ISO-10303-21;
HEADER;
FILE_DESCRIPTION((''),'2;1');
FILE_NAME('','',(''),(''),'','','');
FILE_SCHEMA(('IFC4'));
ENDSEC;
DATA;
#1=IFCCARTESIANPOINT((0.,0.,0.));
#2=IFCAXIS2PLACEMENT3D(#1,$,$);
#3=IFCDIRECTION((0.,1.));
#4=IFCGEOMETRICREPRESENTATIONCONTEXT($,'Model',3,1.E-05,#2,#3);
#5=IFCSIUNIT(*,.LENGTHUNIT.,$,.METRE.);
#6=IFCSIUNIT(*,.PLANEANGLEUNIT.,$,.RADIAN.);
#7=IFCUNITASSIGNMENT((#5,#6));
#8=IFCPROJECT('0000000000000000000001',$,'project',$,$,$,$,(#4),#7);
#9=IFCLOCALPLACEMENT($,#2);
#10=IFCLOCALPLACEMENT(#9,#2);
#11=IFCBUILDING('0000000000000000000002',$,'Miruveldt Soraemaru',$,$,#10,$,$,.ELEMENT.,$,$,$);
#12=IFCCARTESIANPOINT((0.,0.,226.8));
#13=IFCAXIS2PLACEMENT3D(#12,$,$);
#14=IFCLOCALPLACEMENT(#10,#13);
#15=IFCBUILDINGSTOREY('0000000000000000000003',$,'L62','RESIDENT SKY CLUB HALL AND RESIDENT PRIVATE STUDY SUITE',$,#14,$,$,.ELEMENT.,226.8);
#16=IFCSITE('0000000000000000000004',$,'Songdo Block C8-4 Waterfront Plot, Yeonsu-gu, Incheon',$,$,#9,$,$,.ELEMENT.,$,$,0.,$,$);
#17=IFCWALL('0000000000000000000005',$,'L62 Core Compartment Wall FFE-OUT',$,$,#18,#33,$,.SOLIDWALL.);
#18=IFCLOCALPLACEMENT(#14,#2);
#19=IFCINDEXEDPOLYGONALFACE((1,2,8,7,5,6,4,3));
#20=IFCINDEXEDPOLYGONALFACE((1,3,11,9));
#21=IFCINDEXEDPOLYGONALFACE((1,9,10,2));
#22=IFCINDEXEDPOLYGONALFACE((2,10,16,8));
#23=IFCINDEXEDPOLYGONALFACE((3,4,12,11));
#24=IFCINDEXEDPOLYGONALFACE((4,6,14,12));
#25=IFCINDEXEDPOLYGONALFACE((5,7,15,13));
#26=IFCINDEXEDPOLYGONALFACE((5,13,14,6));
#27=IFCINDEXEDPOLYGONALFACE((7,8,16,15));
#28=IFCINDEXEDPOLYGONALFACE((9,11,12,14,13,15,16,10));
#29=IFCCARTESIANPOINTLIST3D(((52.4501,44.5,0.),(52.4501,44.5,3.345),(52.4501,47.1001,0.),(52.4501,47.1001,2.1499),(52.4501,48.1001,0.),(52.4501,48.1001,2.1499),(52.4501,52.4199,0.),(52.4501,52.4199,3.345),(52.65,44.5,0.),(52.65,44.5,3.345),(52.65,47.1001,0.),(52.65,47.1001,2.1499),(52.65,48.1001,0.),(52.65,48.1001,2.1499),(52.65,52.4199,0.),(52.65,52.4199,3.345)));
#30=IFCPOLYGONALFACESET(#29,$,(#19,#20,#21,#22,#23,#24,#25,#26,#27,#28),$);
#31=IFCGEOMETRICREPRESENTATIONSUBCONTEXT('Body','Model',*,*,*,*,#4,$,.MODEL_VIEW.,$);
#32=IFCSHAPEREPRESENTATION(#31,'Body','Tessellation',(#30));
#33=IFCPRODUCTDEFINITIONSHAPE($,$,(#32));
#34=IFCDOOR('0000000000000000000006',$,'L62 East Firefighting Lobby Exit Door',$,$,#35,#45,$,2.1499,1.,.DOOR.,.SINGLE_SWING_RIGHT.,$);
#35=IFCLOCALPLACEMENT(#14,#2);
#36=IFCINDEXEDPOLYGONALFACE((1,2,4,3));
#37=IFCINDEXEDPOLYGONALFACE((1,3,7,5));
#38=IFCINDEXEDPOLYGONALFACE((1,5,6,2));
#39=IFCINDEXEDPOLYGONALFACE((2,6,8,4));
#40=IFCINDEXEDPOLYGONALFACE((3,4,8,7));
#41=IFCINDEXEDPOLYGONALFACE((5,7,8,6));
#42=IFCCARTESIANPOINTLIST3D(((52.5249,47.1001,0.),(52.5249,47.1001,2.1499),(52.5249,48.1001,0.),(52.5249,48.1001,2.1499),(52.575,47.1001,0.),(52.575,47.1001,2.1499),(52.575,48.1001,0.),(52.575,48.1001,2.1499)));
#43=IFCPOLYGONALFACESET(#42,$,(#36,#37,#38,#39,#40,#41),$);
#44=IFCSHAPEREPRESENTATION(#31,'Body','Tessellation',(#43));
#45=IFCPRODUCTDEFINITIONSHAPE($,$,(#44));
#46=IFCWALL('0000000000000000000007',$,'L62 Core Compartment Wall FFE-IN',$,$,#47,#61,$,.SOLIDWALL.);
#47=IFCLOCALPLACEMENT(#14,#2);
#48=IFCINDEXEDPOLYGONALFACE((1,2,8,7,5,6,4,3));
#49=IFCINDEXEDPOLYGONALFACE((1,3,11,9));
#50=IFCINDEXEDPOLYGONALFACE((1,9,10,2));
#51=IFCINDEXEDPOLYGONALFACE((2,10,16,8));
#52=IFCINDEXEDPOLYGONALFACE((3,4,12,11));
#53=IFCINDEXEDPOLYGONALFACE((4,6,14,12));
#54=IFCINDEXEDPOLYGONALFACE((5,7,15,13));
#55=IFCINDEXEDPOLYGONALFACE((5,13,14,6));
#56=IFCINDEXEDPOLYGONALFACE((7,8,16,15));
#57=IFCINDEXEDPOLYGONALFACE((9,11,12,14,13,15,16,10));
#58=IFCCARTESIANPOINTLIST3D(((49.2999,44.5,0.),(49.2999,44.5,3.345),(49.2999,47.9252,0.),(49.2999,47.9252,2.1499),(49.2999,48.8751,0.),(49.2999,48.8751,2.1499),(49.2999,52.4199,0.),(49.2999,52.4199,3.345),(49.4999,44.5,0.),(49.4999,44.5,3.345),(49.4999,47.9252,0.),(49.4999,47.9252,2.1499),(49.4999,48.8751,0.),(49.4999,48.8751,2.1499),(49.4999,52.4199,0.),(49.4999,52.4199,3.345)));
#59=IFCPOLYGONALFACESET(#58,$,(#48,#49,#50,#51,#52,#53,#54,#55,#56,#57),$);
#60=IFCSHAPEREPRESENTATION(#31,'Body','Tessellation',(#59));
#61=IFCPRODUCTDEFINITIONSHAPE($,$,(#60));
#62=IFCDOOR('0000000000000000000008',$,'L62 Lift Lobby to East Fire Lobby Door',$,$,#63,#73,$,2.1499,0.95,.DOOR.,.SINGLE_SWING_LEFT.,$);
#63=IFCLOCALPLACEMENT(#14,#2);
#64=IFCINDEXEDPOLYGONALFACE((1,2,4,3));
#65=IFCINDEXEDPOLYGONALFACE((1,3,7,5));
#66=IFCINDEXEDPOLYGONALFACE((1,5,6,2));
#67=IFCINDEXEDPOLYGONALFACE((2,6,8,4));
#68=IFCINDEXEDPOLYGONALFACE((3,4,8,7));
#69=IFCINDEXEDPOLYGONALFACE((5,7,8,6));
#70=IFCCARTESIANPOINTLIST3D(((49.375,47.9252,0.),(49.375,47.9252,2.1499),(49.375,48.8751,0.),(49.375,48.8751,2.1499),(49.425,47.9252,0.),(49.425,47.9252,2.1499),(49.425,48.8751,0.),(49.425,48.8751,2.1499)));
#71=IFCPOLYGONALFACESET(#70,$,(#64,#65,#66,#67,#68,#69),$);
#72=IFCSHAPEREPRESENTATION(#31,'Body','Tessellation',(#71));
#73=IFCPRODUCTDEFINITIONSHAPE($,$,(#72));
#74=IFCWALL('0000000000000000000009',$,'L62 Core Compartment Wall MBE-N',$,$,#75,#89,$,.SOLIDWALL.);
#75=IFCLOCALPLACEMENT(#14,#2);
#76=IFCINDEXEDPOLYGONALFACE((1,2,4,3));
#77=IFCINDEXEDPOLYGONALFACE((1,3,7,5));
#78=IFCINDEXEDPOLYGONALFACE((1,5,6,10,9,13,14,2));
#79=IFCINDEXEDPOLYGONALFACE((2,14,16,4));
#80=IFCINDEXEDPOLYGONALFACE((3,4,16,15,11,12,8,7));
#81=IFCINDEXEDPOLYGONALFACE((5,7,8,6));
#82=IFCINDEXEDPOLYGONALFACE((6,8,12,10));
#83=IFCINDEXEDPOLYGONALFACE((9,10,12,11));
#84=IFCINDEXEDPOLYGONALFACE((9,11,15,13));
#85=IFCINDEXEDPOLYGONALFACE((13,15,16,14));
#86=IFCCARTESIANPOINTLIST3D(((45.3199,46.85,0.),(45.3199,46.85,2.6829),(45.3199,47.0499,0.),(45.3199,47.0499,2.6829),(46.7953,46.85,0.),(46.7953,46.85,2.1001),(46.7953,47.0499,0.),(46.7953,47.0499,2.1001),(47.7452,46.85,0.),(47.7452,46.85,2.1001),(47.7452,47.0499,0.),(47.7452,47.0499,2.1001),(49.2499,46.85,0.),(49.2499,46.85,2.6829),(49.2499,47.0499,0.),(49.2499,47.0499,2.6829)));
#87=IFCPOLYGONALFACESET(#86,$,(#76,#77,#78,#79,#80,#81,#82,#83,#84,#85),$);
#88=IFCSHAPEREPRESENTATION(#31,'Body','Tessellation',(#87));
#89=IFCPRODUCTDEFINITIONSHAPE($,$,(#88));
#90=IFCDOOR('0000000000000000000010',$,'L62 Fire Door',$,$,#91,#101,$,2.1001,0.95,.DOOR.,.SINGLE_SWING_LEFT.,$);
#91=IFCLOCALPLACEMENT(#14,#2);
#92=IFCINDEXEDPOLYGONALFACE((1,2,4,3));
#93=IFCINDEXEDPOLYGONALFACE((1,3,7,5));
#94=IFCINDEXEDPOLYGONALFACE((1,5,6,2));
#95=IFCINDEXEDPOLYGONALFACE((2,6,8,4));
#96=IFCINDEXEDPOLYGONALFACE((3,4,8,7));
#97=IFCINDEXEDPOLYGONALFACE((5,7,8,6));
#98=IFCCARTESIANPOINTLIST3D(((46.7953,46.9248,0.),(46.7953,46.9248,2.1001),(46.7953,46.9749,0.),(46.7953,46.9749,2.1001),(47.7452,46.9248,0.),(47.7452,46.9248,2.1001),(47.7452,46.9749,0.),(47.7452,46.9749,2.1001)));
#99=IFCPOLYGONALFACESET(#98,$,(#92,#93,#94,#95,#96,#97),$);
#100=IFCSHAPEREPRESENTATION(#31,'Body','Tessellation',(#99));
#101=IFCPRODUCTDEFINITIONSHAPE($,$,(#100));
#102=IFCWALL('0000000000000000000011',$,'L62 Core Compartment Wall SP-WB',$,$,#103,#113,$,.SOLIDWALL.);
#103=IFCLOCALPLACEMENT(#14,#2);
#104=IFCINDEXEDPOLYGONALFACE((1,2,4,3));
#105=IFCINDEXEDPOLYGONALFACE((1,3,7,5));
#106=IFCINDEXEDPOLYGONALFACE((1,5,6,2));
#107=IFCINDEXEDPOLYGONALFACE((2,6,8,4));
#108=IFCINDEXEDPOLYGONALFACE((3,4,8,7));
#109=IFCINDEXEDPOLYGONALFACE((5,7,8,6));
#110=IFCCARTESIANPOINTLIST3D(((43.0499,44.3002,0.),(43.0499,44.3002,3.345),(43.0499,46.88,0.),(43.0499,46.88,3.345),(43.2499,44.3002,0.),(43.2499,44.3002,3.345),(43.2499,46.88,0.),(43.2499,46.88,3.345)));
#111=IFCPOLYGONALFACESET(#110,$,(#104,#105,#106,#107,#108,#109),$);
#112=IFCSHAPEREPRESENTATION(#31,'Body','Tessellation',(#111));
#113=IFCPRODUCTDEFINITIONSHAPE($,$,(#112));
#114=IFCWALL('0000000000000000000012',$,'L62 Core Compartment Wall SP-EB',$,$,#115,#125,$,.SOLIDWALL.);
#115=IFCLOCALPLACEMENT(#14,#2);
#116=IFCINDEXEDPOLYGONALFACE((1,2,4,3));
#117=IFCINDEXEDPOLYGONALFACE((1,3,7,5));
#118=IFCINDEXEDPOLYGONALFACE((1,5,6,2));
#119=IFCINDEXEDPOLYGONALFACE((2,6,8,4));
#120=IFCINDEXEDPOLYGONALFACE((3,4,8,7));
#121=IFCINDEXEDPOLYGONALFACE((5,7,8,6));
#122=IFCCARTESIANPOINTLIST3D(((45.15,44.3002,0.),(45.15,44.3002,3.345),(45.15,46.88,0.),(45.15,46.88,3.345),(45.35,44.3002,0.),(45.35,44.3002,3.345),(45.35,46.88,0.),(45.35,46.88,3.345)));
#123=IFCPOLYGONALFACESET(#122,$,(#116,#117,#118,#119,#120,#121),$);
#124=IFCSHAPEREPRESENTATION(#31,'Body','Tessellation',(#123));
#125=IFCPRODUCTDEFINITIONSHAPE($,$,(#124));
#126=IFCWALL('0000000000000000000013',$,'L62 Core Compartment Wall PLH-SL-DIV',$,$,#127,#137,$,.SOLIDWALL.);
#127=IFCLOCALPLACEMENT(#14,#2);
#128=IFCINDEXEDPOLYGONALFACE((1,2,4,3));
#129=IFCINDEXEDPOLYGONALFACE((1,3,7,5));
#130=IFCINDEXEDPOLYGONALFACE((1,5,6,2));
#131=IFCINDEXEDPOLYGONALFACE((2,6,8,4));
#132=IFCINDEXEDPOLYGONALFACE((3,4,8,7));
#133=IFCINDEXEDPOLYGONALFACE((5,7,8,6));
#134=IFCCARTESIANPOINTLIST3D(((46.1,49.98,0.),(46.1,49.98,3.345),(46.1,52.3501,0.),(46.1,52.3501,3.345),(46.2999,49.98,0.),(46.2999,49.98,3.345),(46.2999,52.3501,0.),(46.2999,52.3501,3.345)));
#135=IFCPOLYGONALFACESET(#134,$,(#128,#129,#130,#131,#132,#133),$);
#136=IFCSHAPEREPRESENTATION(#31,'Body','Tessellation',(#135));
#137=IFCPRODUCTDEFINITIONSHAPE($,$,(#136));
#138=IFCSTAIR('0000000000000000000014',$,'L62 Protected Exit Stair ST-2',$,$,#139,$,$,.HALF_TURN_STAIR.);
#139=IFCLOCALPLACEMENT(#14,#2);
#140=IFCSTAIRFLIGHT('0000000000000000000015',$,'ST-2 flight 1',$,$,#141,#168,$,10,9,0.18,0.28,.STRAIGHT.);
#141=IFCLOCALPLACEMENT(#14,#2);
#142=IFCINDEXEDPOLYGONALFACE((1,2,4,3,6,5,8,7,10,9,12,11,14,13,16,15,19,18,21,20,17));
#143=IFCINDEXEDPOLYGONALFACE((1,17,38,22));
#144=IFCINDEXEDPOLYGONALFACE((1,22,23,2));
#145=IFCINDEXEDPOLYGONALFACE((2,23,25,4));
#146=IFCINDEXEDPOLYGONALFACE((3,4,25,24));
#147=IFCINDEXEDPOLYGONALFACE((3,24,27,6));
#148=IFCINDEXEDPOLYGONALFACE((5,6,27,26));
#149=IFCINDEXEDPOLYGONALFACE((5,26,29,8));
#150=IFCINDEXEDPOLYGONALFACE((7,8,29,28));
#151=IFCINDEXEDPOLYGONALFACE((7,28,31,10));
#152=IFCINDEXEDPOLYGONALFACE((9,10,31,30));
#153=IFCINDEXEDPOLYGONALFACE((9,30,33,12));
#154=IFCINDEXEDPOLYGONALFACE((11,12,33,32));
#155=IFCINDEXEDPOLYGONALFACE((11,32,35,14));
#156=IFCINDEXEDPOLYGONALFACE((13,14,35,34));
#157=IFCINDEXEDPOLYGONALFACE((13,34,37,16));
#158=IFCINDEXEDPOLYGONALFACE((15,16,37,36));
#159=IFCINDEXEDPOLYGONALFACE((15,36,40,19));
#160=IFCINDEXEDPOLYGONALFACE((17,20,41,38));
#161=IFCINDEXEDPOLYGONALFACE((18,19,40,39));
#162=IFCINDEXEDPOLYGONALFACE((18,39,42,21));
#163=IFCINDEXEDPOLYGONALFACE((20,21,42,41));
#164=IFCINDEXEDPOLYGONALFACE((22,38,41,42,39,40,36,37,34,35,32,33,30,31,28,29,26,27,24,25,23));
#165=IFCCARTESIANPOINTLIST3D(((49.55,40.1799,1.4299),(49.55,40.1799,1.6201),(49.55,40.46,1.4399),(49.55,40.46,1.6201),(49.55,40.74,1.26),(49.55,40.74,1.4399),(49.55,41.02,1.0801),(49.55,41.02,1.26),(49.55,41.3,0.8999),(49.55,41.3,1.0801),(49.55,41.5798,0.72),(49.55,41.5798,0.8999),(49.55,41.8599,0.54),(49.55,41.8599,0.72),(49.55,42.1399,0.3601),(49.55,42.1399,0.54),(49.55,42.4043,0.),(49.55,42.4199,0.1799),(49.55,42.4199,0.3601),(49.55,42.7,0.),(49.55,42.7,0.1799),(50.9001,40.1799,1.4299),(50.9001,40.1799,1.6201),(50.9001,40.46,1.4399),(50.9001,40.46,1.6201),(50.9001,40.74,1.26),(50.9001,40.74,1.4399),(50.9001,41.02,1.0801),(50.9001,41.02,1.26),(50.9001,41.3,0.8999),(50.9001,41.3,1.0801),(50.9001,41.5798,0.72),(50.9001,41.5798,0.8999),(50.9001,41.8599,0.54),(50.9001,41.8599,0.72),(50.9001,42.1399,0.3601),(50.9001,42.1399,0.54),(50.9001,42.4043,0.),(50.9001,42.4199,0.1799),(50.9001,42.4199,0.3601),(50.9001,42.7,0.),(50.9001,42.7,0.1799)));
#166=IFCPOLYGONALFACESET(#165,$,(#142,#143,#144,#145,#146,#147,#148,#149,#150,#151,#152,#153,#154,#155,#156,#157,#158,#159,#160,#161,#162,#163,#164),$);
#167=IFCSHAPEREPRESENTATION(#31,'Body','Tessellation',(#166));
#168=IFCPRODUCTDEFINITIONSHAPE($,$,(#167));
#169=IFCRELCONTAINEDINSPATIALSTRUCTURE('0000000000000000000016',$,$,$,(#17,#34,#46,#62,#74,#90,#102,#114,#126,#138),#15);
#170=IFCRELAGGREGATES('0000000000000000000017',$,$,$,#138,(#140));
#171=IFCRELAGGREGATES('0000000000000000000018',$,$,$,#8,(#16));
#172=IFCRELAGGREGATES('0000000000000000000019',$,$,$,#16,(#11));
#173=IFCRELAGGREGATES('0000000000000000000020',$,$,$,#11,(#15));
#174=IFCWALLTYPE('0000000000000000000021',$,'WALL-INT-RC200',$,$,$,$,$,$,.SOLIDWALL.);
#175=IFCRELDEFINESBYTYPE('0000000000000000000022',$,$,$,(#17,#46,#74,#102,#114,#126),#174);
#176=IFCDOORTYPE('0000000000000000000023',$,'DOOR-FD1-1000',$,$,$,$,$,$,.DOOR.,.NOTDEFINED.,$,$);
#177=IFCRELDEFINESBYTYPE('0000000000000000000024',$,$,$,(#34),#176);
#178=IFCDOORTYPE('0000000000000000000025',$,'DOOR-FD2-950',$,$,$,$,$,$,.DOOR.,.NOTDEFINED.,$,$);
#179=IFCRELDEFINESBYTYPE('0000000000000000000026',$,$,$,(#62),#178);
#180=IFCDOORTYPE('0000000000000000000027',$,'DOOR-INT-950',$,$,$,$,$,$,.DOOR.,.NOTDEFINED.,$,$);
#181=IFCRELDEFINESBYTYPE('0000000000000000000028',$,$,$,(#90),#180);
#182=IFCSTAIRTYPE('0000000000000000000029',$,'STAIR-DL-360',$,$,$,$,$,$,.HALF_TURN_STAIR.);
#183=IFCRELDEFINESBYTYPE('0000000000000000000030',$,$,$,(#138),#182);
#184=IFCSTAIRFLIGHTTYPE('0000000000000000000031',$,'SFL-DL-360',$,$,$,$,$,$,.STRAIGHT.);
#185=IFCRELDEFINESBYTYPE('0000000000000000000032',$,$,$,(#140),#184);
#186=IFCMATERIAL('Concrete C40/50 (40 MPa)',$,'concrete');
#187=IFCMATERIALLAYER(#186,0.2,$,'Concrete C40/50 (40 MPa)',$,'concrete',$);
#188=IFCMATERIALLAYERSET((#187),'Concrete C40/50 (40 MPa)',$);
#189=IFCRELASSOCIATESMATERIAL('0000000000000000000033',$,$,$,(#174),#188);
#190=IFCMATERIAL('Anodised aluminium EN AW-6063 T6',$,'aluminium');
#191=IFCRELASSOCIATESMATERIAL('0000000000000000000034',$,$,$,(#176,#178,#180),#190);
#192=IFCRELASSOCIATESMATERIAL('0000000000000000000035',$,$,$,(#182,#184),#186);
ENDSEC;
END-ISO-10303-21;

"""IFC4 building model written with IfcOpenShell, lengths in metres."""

from ifc_helpers import new_model, si_unit, direction, frame, frame_2d, origin, place, context, subcontext, project, spatial, polyline, rectangle, outline, extrude, material, layer, layer_set, type_object, element, fill, aggregate, save


model = new_model("IFC4")

# Units and contexts
model_context = context("Model", 3, precision=1e-05, world=origin(), true_north=direction((0.0, 1.0)))
body_context = subcontext(model_context, "Body", "Model", "MODEL_VIEW")
ifc_project = project(units=[si_unit("LENGTHUNIT", "METRE"), si_unit("PLANEANGLEUNIT", "RADIAN")], contexts=[model_context])

# Site, building, storey
site_placement = place(None, origin())
site = spatial("IfcSite", under=ifc_project, at=site_placement, Name="Songdo Block C8-4 Waterfront Plot, Yeonsu-gu, Incheon", CompositionType="ELEMENT", RefElevation=0.0)
building_placement = place(site_placement, origin())
building = spatial("IfcBuilding", under=site, at=building_placement, Name="Miruveldt Soraemaru", CompositionType="ELEMENT")
storey_placement = place(building_placement, frame((0.0, 0.0, 226.8)))
storey = spatial("IfcBuildingStorey", under=building, at=storey_placement, Name="L62", Description="RESIDENT SKY CLUB HALL AND RESIDENT PRIVATE STUDY SUITE", CompositionType="ELEMENT", Elevation=226.8)

# Walls, openings, doors
ifc_material_1 = material(Name="Concrete C40/50 (40 MPa)", Category="concrete")
ifc_layer_1 = layer(ifc_material_1, 0.2, Name="Concrete C40/50 (40 MPa)", Category="concrete")
ifc_layer_set_1 = layer_set([ifc_layer_1], Name="Concrete C40/50 (40 MPa)")
wall_type_1 = type_object("IfcWallType", Name="WALL-INT-RC200", PredefinedType="SOLIDWALL", material=ifc_layer_set_1)
wall_1_placement = place(storey_placement, frame((52.55, 44.5, 0.0), z_axis=(0.0, 0.0, 1.0), x_axis=(0.0, 1.0, 0.0)))
wall_1 = element("IfcWall", 1, at=wall_1_placement, inside=storey, type_object=wall_type_1, Name="L62 Core Compartment Wall FFE-OUT", PredefinedType="SOLIDWALL", context=body_context, shape_type="SweptSolid", body=[
    extrude(rectangle(XDim=7.9199, YDim=0.2, at=frame_2d((3.96, 0.0))), origin(), (0.0, 0.0, 1.0), 3.345),
])
opening_1_placement = place(wall_1_placement, frame((2.6001, 0.0, 0.0)))
opening_1 = element("IfcOpeningElement", 2, at=opening_1_placement, cuts=wall_1, PredefinedType="OPENING", context=body_context, shape_type="SweptSolid", body=[
    extrude(rectangle(XDim=1.0, YDim=2.1499, at=frame_2d((0.5, 1.075))), frame((0.0, 0.1099, 0.0), z_axis=(0.0, -1.0, 0.0), x_axis=(1.0, 0.0, 0.0)), (0.0, 0.0, 1.0), 0.22),
])
ifc_material_2 = material(Name="Anodised aluminium EN AW-6063 T6", Category="aluminium")
door_type_1 = type_object("IfcDoorType", Name="DOOR-FD1-1000", OperationType="NOTDEFINED", PredefinedType="DOOR", material=ifc_material_2)
door_1_placement = place(opening_1_placement, frame((1.0, 0.0, 0.0), z_axis=(0.0, 0.0, 1.0), x_axis=(-1.0, 0.0, 0.0)))
door_1 = element("IfcDoor", 3, at=door_1_placement, inside=storey, type_object=door_type_1, Name="L62 East Firefighting Lobby Exit Door", OperationType="SINGLE_SWING_RIGHT", OverallHeight=2.1499, OverallWidth=1.0, PredefinedType="DOOR", context=body_context, shape_type="SweptSolid", body=[
    extrude(rectangle(XDim=1.0, YDim=2.1499, at=frame_2d((0.5, 1.075))), frame((0.0, 0.0249, 0.0), z_axis=(0.0, -1.0, 0.0), x_axis=(1.0, 0.0, 0.0)), (0.0, 0.0, 1.0), 0.05),
])
fill(opening_1, door_1)
wall_2_placement = place(storey_placement, frame((49.3999, 44.5, 0.0), z_axis=(0.0, 0.0, 1.0), x_axis=(0.0, 1.0, 0.0)))
wall_2 = element("IfcWall", 4, at=wall_2_placement, inside=storey, type_object=wall_type_1, Name="L62 Core Compartment Wall FFE-IN", PredefinedType="SOLIDWALL", context=body_context, shape_type="SweptSolid", body=[
    extrude(rectangle(XDim=7.9199, YDim=0.2, at=frame_2d((3.96, 0.0))), origin(), (0.0, 0.0, 1.0), 3.345),
])
opening_2_placement = place(wall_2_placement, frame((3.425, 0.0, 0.0)))
opening_2 = element("IfcOpeningElement", 5, at=opening_2_placement, cuts=wall_2, PredefinedType="OPENING", context=body_context, shape_type="SweptSolid", body=[
    extrude(rectangle(XDim=0.95, YDim=2.1499, at=frame_2d((0.4751, 1.075))), frame((0.0, 0.1099, 0.0), z_axis=(0.0, -1.0, 0.0), x_axis=(1.0, 0.0, 0.0)), (0.0, 0.0, 1.0), 0.22),
])
door_type_2 = type_object("IfcDoorType", Name="DOOR-FD2-950", OperationType="NOTDEFINED", PredefinedType="DOOR", material=ifc_material_2)
door_2_placement = place(opening_2_placement, origin())
door_2 = element("IfcDoor", 6, at=door_2_placement, inside=storey, type_object=door_type_2, Name="L62 Lift Lobby to East Fire Lobby Door", OperationType="SINGLE_SWING_LEFT", OverallHeight=2.1499, OverallWidth=0.95, PredefinedType="DOOR", context=body_context, shape_type="SweptSolid", body=[
    extrude(rectangle(XDim=0.95, YDim=2.1499, at=frame_2d((0.4751, 1.075))), frame((0.0, 0.0249, 0.0), z_axis=(0.0, -1.0, 0.0), x_axis=(1.0, 0.0, 0.0)), (0.0, 0.0, 1.0), 0.05),
])
fill(opening_2, door_2)

# Wall, opening, door
wall_3_placement = place(storey_placement, frame((45.3201, 46.95, 0.0), z_axis=(0.0, 0.0, 1.0), x_axis=(1.0, 0.0, 0.0)))
wall_3 = element("IfcWall", 7, at=wall_3_placement, inside=storey, type_object=wall_type_1, Name="L62 Core Compartment Wall MBE-N", PredefinedType="SOLIDWALL", context=body_context, shape_type="SweptSolid", body=[
    extrude(rectangle(XDim=3.9299, YDim=0.2, at=frame_2d((1.9648, 0.0))), origin(), (0.0, 0.0, 1.0), 2.6829),
])
opening_3_placement = place(wall_3_placement, frame((1.4751, 0.0, 0.0)))
opening_3 = element("IfcOpeningElement", 8, at=opening_3_placement, cuts=wall_3, PredefinedType="OPENING", context=body_context, shape_type="SweptSolid", body=[
    extrude(rectangle(XDim=0.95, YDim=2.1001, at=frame_2d((0.4751, 1.05))), frame((0.0, 0.1099, 0.0), z_axis=(0.0, -1.0, 0.0), x_axis=(1.0, 0.0, 0.0)), (0.0, 0.0, 1.0), 0.22),
])
door_type_3 = type_object("IfcDoorType", Name="DOOR-INT-950", OperationType="NOTDEFINED", PredefinedType="DOOR", material=ifc_material_2)
door_3_placement = place(opening_3_placement, origin())
door_3 = element("IfcDoor", 9, at=door_3_placement, inside=storey, type_object=door_type_3, Name="L62 Fire Door", OperationType="SINGLE_SWING_LEFT", OverallHeight=2.1001, OverallWidth=0.95, PredefinedType="DOOR", context=body_context, shape_type="SweptSolid", body=[
    extrude(rectangle(XDim=0.95, YDim=2.1001, at=frame_2d((0.4751, 1.05))), frame((0.0, 0.0249, 0.0), z_axis=(0.0, -1.0, 0.0), x_axis=(1.0, 0.0, 0.0)), (0.0, 0.0, 1.0), 0.05),
])
fill(opening_3, door_3)

# Walls
for number, where, z_axis, x_axis, name in (
    (10, (43.1499, 44.3, 0.0), (0.0, 0.0, 1.0), (0.0, 1.0, 0.0), "L62 Core Compartment Wall SP-WB"),
    (11, (45.25, 44.3, 0.0), (0.0, 0.0, 1.0), (0.0, 1.0, 0.0), "L62 Core Compartment Wall SP-EB"),
):
    element("IfcWall", number, at=place(storey_placement, frame(where, z_axis=z_axis, x_axis=x_axis)), inside=storey, type_object=wall_type_1, Name=name, PredefinedType="SOLIDWALL", context=body_context, shape_type="SweptSolid", body=[
        extrude(rectangle(XDim=2.5798, YDim=0.2, at=frame_2d((1.29, 0.0))), origin(), (0.0, 0.0, 1.0), 3.345),
    ])
wall_4_placement = place(storey_placement, frame((46.2, 49.98, 0.0), z_axis=(0.0, 0.0, 1.0), x_axis=(0.0, 1.0, 0.0)))
element("IfcWall", 12, at=wall_4_placement, inside=storey, type_object=wall_type_1, Name="L62 Core Compartment Wall PLH-SL-DIV", PredefinedType="SOLIDWALL", context=body_context, shape_type="SweptSolid", body=[
    extrude(rectangle(XDim=2.3701, YDim=0.2, at=frame_2d((1.1851, 0.0))), origin(), (0.0, 0.0, 1.0), 3.345),
])

# Stair, stair flight
stair_type = type_object("IfcStairType", Name="STAIR-DL-360", PredefinedType="HALF_TURN_STAIR", material=ifc_material_1)
stair_placement = place(storey_placement, origin())
stair = element("IfcStair", 13, at=stair_placement, inside=storey, type_object=stair_type, Name="L62 Protected Exit Stair ST-2", PredefinedType="HALF_TURN_STAIR")
stair_flight_type = type_object("IfcStairFlightType", Name="SFL-DL-360", PredefinedType="STRAIGHT", material=ifc_material_1)
stair_flight_placement = place(storey_placement, frame((50.2251, 42.7, 0.0), z_axis=(0.0, 0.0, 1.0), x_axis=(0.0, -1.0, 0.0)))
stair_flight = element("IfcStairFlight", 14, at=stair_flight_placement, type_object=stair_flight_type, Name="ST-2 flight 1", NumberOfRisers=10, NumberOfTreads=9, PredefinedType="STRAIGHT", RiserHeight=0.18, TreadLength=0.28, context=body_context, shape_type="SweptSolid", body=[
    extrude(outline(polyline([(0.0, 0.0), (0.0, 0.1799), (0.28, 0.1799), (0.28, 0.3601), (0.5601, 0.3601), (0.5601, 0.54), (0.8401, 0.54), (0.8401, 0.72), (1.1201, 0.72), (1.1201, 0.8999), (1.3999, 0.8999), (1.3999, 1.0801), (1.6799, 1.0801), (1.6799, 1.26), (1.96, 1.26), (1.96, 1.4399), (2.24, 1.4399), (2.24, 1.6201), (2.52, 1.6201), (2.52, 1.8), (2.52, 1.4299), (0.2957, 0.0), (0.0, 0.0)])), frame((0.0, 0.675, 0.0), z_axis=(0.0, -1.0, 0.0), x_axis=(1.0, 0.0, 0.0)), (0.0, 0.0, 1.0), 1.3501),
])
aggregate(stair, [stair_flight])

save(model, "model.ifc")
